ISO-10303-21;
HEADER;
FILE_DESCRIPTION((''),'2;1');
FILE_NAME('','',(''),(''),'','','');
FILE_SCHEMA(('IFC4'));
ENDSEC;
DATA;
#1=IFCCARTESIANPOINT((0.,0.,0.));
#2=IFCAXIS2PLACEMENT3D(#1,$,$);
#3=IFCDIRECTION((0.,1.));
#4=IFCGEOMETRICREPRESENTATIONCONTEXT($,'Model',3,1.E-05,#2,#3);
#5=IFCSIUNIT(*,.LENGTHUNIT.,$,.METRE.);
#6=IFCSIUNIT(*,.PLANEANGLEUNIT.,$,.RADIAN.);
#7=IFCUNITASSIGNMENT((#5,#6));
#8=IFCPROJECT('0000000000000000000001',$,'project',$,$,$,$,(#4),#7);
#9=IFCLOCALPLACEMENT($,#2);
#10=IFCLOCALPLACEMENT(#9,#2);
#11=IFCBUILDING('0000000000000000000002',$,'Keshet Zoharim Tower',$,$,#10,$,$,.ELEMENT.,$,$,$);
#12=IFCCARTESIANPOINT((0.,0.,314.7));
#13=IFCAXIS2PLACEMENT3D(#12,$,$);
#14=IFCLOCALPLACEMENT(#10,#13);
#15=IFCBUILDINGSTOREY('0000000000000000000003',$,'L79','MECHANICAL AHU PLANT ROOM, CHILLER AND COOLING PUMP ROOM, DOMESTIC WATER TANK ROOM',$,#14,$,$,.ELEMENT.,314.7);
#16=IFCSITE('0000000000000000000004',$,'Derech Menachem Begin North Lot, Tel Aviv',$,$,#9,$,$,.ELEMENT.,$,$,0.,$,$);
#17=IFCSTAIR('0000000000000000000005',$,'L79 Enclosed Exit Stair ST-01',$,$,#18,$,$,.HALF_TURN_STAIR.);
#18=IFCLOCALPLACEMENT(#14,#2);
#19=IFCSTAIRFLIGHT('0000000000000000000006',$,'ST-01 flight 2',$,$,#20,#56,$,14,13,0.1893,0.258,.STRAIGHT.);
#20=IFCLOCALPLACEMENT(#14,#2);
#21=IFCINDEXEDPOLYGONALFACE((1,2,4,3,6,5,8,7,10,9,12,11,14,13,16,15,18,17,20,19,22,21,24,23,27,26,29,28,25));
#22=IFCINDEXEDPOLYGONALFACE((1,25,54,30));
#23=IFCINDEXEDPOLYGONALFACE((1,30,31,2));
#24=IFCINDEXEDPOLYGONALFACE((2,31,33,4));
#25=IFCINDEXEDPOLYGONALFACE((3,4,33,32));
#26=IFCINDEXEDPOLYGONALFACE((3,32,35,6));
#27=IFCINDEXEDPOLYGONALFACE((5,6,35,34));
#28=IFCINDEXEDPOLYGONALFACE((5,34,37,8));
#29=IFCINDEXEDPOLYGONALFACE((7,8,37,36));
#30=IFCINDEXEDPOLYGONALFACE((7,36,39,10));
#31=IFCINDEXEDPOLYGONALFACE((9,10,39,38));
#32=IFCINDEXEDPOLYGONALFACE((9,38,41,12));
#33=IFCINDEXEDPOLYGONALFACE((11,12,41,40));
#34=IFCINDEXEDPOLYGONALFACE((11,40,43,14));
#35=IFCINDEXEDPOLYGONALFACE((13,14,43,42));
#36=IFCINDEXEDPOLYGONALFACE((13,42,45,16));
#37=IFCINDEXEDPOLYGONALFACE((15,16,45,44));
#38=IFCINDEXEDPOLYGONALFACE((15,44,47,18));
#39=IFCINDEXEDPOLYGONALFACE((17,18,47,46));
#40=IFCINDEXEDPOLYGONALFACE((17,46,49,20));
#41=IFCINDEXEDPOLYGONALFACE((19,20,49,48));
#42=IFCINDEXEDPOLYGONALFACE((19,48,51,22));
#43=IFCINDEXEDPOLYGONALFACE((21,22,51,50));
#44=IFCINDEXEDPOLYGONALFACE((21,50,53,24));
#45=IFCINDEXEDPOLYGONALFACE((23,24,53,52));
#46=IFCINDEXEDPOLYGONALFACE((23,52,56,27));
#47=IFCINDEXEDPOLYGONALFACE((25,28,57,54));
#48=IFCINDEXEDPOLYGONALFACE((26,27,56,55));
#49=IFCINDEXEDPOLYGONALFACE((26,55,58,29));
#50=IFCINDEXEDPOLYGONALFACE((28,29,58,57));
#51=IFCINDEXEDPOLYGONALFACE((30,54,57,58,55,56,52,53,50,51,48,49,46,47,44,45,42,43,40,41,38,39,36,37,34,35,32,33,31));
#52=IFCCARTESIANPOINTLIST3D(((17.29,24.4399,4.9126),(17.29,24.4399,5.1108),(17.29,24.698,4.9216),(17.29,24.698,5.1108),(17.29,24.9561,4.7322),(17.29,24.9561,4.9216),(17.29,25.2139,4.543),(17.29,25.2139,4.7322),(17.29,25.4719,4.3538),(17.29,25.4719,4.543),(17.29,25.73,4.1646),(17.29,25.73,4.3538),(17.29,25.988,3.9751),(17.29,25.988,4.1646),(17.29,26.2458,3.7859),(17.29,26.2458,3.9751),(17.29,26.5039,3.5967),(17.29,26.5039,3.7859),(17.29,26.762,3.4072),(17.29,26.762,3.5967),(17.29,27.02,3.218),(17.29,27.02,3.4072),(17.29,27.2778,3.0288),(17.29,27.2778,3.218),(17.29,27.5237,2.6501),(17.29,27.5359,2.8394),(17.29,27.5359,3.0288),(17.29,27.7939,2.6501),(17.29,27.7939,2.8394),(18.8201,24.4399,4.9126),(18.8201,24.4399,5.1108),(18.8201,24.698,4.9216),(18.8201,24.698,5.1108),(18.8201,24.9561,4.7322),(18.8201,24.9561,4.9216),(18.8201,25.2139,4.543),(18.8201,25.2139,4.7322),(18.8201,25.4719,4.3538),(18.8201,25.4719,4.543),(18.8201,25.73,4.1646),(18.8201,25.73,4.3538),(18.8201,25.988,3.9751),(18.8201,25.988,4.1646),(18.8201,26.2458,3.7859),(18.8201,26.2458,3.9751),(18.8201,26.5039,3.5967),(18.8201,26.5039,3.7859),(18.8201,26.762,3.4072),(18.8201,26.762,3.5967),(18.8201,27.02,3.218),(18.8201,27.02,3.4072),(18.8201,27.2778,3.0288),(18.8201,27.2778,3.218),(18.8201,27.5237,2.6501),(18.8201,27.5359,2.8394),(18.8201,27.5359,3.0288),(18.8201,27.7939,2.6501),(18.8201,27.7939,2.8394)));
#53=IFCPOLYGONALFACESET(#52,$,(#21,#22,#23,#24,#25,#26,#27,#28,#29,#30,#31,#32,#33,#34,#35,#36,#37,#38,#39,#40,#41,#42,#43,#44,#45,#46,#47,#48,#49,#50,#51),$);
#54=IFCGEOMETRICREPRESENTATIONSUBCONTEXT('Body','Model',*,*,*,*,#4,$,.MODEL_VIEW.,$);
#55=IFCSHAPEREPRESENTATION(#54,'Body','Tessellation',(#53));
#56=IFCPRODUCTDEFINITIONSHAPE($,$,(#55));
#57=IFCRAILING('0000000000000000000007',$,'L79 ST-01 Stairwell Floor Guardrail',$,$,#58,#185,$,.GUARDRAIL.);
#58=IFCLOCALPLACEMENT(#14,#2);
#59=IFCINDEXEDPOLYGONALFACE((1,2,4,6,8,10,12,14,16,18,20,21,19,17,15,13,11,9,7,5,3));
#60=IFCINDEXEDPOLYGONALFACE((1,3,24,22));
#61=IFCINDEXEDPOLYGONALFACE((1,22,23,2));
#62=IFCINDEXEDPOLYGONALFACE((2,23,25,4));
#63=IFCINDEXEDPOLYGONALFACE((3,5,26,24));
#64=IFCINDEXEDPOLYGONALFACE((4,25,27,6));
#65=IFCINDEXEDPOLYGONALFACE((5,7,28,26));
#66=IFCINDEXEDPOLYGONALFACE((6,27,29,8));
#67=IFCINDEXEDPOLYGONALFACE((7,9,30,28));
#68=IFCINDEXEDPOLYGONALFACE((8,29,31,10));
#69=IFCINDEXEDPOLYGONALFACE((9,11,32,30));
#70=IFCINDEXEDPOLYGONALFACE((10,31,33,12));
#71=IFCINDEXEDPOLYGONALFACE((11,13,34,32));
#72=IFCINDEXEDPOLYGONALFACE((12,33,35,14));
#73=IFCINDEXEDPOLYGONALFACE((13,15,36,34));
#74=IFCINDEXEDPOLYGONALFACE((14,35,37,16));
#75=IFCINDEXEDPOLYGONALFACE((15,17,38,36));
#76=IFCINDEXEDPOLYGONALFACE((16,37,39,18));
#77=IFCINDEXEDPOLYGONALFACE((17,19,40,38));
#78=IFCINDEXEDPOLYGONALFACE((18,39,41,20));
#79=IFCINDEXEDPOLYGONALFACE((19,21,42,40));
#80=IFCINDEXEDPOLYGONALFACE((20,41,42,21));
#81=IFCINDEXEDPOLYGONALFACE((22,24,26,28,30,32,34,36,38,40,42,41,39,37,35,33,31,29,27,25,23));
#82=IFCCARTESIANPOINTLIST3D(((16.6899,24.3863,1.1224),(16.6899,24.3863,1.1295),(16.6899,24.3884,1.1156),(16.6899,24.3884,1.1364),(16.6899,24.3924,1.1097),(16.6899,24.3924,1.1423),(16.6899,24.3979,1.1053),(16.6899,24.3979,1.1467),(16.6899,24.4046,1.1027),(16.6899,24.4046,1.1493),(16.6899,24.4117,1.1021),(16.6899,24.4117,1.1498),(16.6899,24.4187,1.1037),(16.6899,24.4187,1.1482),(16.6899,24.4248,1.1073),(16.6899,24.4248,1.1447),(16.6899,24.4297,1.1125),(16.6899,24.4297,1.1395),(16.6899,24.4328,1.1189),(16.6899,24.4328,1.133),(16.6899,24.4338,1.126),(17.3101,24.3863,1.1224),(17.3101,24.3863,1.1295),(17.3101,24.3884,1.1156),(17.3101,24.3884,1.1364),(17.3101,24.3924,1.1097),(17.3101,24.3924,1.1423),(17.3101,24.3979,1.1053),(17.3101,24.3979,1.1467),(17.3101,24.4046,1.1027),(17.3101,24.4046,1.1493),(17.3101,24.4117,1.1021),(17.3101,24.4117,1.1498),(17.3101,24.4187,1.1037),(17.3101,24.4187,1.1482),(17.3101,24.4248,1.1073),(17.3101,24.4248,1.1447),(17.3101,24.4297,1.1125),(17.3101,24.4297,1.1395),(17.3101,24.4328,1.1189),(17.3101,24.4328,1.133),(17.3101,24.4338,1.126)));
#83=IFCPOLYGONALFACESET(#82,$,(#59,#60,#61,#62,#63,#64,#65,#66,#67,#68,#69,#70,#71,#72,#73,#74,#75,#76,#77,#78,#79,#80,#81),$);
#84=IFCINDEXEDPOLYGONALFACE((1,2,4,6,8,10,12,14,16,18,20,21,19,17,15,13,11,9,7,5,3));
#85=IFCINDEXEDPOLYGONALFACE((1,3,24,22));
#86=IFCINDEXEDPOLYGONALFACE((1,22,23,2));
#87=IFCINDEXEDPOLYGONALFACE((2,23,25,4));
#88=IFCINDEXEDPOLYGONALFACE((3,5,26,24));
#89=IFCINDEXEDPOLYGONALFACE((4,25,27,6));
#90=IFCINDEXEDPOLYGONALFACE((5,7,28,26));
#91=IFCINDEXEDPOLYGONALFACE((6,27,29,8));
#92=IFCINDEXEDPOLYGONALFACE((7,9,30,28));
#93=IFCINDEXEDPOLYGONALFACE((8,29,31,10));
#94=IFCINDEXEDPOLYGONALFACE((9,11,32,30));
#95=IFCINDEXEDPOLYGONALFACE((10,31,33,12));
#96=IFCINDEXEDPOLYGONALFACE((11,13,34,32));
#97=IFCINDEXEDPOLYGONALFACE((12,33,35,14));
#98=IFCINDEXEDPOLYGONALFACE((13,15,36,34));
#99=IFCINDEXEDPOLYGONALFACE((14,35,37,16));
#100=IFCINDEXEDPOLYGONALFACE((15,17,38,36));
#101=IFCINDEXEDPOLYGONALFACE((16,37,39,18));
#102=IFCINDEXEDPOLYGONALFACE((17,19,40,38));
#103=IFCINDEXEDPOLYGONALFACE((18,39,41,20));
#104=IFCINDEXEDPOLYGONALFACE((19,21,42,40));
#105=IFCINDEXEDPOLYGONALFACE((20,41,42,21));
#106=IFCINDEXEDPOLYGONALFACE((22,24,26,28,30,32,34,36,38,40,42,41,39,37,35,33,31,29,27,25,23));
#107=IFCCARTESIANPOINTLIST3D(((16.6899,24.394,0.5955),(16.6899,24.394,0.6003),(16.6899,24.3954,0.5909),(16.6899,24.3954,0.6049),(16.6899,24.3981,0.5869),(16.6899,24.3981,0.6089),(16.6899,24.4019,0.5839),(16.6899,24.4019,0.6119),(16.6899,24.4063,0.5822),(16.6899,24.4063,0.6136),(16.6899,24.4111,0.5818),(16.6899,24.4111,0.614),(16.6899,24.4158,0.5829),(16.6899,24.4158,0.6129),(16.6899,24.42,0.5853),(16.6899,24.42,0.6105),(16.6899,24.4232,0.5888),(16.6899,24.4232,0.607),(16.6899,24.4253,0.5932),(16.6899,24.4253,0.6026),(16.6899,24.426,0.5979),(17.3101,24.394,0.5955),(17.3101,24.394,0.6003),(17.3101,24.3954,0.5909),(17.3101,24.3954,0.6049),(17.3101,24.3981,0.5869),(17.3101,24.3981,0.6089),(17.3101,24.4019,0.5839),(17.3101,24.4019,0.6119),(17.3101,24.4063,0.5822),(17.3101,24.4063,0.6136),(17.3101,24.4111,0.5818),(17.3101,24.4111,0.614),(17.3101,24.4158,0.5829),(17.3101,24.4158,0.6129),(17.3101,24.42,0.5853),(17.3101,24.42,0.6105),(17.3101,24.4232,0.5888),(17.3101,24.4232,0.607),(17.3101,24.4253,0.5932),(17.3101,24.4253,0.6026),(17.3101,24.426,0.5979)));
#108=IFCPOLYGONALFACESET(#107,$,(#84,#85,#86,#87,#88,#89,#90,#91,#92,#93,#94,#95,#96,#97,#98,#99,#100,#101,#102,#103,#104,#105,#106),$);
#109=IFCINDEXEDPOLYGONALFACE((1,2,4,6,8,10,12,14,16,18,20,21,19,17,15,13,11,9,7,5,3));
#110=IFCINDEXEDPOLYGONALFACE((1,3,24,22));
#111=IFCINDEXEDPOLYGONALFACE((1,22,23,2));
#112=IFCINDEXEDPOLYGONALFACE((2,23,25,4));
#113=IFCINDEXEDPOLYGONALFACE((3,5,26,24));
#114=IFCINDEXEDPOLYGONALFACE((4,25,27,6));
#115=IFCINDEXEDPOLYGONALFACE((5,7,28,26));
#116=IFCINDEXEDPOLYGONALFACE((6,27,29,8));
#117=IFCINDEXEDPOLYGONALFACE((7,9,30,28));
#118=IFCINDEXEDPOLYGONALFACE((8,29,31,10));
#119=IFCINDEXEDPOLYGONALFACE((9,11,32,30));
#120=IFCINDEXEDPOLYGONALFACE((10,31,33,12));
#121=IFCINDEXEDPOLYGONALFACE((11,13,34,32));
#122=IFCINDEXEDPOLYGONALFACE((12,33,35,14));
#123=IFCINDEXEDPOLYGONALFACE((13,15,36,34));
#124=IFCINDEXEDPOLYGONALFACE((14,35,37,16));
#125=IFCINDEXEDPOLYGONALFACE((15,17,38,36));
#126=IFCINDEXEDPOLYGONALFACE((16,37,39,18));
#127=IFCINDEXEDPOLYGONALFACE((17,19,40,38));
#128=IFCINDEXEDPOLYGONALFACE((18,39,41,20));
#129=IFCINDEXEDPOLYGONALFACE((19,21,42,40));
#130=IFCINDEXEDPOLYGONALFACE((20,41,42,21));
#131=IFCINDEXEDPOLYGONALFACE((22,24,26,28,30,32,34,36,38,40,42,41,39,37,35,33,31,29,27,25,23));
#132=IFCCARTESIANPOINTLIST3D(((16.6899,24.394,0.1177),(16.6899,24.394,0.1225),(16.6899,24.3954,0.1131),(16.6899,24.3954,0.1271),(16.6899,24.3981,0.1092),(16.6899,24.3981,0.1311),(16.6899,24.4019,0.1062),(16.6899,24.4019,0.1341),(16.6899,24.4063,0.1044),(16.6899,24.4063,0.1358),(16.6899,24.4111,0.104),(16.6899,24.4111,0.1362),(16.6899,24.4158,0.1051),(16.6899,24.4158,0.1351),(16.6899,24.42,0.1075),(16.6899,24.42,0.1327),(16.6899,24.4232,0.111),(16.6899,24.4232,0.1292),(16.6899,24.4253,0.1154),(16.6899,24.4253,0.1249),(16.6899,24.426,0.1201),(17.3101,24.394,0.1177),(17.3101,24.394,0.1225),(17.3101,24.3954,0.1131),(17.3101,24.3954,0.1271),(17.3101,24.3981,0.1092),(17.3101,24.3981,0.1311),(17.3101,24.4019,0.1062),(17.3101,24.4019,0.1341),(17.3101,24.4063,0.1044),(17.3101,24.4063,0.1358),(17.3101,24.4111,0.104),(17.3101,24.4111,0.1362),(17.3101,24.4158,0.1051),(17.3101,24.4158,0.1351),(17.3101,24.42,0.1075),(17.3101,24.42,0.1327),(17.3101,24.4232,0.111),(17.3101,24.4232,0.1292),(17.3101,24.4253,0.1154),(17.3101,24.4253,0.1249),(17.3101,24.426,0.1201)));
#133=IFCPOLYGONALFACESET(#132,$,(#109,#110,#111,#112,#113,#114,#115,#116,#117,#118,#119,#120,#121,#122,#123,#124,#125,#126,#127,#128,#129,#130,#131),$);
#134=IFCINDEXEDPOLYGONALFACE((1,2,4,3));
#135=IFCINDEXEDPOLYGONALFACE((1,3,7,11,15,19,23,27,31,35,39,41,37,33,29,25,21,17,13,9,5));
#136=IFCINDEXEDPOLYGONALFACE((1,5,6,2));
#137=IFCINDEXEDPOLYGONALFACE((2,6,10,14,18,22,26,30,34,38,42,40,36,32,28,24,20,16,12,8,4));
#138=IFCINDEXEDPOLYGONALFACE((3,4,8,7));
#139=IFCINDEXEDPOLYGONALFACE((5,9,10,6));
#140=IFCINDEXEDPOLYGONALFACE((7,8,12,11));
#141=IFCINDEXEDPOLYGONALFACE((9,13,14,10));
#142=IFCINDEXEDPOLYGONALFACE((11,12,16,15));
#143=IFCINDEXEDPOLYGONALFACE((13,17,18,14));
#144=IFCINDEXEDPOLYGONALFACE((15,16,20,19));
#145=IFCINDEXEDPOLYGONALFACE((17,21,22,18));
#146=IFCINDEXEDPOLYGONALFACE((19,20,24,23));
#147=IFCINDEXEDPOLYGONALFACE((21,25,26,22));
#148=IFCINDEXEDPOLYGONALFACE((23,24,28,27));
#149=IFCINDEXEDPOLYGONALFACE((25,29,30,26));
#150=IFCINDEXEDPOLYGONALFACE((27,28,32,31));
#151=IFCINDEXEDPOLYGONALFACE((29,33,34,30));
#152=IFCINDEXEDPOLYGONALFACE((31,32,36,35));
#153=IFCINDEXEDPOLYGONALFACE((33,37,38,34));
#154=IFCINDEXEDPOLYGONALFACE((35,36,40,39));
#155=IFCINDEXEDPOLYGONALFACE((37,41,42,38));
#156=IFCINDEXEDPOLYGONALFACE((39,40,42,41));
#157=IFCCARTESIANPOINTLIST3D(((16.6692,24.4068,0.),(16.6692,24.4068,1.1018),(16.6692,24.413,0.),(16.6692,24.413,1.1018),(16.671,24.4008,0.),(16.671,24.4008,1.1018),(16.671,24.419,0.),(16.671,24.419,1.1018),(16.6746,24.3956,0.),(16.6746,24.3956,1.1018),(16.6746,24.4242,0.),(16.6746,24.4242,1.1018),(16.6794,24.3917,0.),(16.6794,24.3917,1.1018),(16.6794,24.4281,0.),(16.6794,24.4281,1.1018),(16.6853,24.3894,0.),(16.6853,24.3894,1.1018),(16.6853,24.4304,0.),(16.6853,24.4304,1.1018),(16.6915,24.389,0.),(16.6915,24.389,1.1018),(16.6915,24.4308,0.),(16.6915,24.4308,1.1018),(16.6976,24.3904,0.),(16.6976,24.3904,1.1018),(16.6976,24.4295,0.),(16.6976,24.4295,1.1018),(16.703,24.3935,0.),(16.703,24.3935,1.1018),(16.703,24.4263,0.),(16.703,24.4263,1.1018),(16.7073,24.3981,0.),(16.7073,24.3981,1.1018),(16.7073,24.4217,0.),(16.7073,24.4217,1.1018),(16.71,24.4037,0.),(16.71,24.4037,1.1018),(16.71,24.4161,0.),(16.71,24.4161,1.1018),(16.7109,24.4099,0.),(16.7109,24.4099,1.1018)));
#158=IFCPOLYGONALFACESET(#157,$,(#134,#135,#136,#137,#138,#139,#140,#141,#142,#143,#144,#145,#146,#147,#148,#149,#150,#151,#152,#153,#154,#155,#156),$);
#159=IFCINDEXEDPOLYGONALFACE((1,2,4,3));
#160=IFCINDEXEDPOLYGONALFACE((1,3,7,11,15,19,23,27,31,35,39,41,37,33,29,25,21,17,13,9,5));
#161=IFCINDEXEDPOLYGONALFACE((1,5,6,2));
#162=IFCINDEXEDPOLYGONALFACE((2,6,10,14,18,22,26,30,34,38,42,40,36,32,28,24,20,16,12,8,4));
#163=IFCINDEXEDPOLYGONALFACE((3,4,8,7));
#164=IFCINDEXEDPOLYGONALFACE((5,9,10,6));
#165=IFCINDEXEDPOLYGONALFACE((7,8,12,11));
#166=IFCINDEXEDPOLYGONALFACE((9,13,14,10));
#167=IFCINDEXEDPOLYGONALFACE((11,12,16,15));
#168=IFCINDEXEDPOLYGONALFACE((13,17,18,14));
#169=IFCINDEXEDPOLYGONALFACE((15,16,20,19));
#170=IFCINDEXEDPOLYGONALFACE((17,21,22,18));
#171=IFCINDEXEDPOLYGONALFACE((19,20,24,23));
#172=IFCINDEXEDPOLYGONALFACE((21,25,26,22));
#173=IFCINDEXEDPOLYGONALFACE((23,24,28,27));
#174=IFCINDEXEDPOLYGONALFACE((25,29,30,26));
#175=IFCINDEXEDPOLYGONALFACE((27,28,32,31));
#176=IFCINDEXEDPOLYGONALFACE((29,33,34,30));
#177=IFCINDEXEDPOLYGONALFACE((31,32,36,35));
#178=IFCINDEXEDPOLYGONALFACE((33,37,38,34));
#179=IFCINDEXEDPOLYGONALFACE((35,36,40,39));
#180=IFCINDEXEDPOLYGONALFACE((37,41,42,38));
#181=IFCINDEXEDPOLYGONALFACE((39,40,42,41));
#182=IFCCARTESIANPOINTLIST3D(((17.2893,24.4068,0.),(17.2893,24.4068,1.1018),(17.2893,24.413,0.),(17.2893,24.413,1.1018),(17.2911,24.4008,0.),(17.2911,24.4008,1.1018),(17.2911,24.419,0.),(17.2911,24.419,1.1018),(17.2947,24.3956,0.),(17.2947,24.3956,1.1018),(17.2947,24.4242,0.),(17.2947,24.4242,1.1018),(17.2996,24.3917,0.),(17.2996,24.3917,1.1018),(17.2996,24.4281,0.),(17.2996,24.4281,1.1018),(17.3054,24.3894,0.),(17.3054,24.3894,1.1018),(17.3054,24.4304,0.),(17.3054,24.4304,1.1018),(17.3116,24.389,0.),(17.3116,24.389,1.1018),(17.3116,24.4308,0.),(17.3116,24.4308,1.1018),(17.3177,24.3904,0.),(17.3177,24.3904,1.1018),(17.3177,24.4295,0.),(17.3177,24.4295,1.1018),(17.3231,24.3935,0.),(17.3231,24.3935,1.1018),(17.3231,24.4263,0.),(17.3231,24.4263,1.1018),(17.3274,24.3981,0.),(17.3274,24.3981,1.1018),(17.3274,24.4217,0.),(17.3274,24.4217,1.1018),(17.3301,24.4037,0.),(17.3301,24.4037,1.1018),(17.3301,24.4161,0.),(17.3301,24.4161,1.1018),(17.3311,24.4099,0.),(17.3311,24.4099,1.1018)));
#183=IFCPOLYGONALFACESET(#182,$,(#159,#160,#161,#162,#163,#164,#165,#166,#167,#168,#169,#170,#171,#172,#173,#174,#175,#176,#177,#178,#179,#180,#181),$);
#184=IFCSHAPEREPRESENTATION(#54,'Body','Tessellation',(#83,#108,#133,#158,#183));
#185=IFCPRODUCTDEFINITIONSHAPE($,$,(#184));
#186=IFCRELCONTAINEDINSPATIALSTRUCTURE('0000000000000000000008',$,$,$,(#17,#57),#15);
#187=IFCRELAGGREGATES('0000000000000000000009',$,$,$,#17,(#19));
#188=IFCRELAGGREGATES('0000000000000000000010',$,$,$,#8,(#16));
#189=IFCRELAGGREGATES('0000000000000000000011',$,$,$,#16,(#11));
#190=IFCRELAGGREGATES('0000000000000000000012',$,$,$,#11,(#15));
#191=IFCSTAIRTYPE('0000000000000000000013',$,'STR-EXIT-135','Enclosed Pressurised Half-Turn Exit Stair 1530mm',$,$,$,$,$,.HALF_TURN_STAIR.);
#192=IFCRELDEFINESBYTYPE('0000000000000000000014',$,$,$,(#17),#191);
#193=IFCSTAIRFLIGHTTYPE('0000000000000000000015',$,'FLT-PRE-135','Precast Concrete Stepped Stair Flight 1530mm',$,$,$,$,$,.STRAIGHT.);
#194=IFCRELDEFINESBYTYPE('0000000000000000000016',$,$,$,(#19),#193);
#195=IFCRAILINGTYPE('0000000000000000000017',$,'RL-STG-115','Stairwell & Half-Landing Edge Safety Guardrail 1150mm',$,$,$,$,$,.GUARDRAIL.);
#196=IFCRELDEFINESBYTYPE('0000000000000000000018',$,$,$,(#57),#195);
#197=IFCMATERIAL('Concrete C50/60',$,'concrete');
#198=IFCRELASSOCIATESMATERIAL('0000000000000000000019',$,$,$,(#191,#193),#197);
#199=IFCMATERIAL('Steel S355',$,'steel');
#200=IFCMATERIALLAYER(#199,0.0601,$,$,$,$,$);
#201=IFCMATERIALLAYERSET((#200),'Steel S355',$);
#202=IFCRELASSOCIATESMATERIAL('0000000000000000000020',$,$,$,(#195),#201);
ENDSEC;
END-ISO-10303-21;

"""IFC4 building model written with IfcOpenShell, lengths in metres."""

from ifc_helpers import new_model, si_unit, direction, frame, origin, origin_2d, place, context, subcontext, project, spatial, polyline, circle, outline, extrude, material, layer, layer_set, type_object, element, aggregate, save


model = new_model("IFC4")

# Units and contexts
model_context = context("Model", 3, precision=1e-05, world=origin(), true_north=direction((0.0, 1.0)))
body_context = subcontext(model_context, "Body", "Model", "MODEL_VIEW")
ifc_project = project(units=[si_unit("LENGTHUNIT", "METRE"), si_unit("PLANEANGLEUNIT", "RADIAN")], contexts=[model_context])

# Site, building, storey
site_placement = place(None, origin())
site = spatial("IfcSite", under=ifc_project, at=site_placement, Name="Derech Menachem Begin North Lot, Tel Aviv", CompositionType="ELEMENT", RefElevation=0.0)
building_placement = place(site_placement, origin())
building = spatial("IfcBuilding", under=site, at=building_placement, Name="Keshet Zoharim Tower", CompositionType="ELEMENT")
storey_placement = place(building_placement, frame((0.0, 0.0, 314.7)))
storey = spatial("IfcBuildingStorey", under=building, at=storey_placement, Name="L79", Description="MECHANICAL AHU PLANT ROOM, CHILLER AND COOLING PUMP ROOM, DOMESTIC WATER TANK ROOM", CompositionType="ELEMENT", Elevation=314.7)

# Shared definitions
ifc_material_1 = material(Name="Concrete C50/60", Category="concrete")

# Shared definitions
ifc_material_2 = material(Name="Steel S355", Category="steel")

# Stair, stair flight
stair_type = type_object("IfcStairType", Name="STR-EXIT-135", Description="Enclosed Pressurised Half-Turn Exit Stair 1530mm", PredefinedType="HALF_TURN_STAIR", material=ifc_material_1)
stair_placement = place(storey_placement, origin())
stair = element("IfcStair", 1, at=stair_placement, inside=storey, type_object=stair_type, Name="L79 Enclosed Exit Stair ST-01", PredefinedType="HALF_TURN_STAIR")
stair_flight_type = type_object("IfcStairFlightType", Name="FLT-PRE-135", Description="Precast Concrete Stepped Stair Flight 1530mm", PredefinedType="STRAIGHT", material=ifc_material_1)
stair_flight_1_placement = place(storey_placement, frame((18.0549, 27.7939, 2.6501), z_axis=(0.0, 0.0, 1.0), x_axis=(0.0, -1.0, 0.0)))
stair_flight_1 = element("IfcStairFlight", 2, at=stair_flight_1_placement, type_object=stair_flight_type, Name="ST-01 flight 2", NumberOfRisers=14, NumberOfTreads=13, PredefinedType="STRAIGHT", RiserHeight=0.1893, TreadLength=0.258, context=body_context, shape_type="SweptSolid", body=[
    extrude(outline(polyline([(0.0, 0.0), (0.0, 0.1892), (0.2581, 0.1892), (0.2581, 0.3787), (0.5161, 0.3787), (0.5161, 0.5679), (0.7739, 0.5679), (0.7739, 0.7571), (1.032, 0.7571), (1.032, 0.9465), (1.29, 0.9465), (1.29, 1.1357), (1.5481, 1.1357), (1.5481, 1.325), (1.8059, 1.325), (1.8059, 1.5144), (2.064, 1.5144), (2.064, 1.7036), (2.322, 1.7036), (2.322, 1.8928), (2.5801, 1.8928), (2.5801, 2.082), (2.8379, 2.082), (2.8379, 2.2715), (3.0959, 2.2715), (3.0959, 2.4607), (3.354, 2.4607), (3.354, 2.6499), (3.354, 2.2625), (0.2703, 0.0), (0.0, 0.0)])), frame((0.0, 0.7651, 0.0), z_axis=(0.0, -1.0, 0.0), x_axis=(1.0, 0.0, 0.0)), (0.0, 0.0, 1.0), 1.53),
])
aggregate(stair, [stair_flight_1])

# Railing
ifc_layer_1 = layer(ifc_material_2, 0.0601)
ifc_layer_set_1 = layer_set([ifc_layer_1], Name="Steel S355")
railing_type_1 = type_object("IfcRailingType", Name="RL-STG-115", Description="Stairwell & Half-Landing Edge Safety Guardrail 1150mm", PredefinedType="GUARDRAIL", material=ifc_layer_set_1)
railing_1_placement = place(storey_placement, frame((16.6899, 24.4099, 0.0)))
element("IfcRailing", 3, at=railing_1_placement, inside=storey, type_object=railing_type_1, Name="L79 ST-01 Stairwell Floor Guardrail", PredefinedType="GUARDRAIL", context=body_context, shape_type="SweptSolid", body=[
    extrude(circle(Radius=0.0239, at=origin_2d()), frame((0.0, 0.0, 1.126), z_axis=(1.0, 0.0, 0.0), x_axis=(0.0, 1.0, 0.0)), (0.0, 0.0, 1.0), 0.6201),
    extrude(circle(Radius=0.0161, at=origin_2d()), frame((0.0, 0.0, 0.5979), z_axis=(1.0, 0.0, 0.0), x_axis=(0.0, 1.0, 0.0)), (0.0, 0.0, 1.0), 0.6201),
    extrude(circle(Radius=0.0161, at=origin_2d()), frame((0.0, 0.0, 0.1201), z_axis=(1.0, 0.0, 0.0), x_axis=(0.0, 1.0, 0.0)), (0.0, 0.0, 1.0), 0.6201),
    extrude(circle(Radius=0.021, at=origin_2d()), origin(), (0.0, 0.0, 1.0), 1.1018),
    extrude(circle(Radius=0.021, at=origin_2d()), frame((0.6201, 0.0, 0.0)), (0.0, 0.0, 1.0), 1.1018),
])

save(model, "model.ifc")
